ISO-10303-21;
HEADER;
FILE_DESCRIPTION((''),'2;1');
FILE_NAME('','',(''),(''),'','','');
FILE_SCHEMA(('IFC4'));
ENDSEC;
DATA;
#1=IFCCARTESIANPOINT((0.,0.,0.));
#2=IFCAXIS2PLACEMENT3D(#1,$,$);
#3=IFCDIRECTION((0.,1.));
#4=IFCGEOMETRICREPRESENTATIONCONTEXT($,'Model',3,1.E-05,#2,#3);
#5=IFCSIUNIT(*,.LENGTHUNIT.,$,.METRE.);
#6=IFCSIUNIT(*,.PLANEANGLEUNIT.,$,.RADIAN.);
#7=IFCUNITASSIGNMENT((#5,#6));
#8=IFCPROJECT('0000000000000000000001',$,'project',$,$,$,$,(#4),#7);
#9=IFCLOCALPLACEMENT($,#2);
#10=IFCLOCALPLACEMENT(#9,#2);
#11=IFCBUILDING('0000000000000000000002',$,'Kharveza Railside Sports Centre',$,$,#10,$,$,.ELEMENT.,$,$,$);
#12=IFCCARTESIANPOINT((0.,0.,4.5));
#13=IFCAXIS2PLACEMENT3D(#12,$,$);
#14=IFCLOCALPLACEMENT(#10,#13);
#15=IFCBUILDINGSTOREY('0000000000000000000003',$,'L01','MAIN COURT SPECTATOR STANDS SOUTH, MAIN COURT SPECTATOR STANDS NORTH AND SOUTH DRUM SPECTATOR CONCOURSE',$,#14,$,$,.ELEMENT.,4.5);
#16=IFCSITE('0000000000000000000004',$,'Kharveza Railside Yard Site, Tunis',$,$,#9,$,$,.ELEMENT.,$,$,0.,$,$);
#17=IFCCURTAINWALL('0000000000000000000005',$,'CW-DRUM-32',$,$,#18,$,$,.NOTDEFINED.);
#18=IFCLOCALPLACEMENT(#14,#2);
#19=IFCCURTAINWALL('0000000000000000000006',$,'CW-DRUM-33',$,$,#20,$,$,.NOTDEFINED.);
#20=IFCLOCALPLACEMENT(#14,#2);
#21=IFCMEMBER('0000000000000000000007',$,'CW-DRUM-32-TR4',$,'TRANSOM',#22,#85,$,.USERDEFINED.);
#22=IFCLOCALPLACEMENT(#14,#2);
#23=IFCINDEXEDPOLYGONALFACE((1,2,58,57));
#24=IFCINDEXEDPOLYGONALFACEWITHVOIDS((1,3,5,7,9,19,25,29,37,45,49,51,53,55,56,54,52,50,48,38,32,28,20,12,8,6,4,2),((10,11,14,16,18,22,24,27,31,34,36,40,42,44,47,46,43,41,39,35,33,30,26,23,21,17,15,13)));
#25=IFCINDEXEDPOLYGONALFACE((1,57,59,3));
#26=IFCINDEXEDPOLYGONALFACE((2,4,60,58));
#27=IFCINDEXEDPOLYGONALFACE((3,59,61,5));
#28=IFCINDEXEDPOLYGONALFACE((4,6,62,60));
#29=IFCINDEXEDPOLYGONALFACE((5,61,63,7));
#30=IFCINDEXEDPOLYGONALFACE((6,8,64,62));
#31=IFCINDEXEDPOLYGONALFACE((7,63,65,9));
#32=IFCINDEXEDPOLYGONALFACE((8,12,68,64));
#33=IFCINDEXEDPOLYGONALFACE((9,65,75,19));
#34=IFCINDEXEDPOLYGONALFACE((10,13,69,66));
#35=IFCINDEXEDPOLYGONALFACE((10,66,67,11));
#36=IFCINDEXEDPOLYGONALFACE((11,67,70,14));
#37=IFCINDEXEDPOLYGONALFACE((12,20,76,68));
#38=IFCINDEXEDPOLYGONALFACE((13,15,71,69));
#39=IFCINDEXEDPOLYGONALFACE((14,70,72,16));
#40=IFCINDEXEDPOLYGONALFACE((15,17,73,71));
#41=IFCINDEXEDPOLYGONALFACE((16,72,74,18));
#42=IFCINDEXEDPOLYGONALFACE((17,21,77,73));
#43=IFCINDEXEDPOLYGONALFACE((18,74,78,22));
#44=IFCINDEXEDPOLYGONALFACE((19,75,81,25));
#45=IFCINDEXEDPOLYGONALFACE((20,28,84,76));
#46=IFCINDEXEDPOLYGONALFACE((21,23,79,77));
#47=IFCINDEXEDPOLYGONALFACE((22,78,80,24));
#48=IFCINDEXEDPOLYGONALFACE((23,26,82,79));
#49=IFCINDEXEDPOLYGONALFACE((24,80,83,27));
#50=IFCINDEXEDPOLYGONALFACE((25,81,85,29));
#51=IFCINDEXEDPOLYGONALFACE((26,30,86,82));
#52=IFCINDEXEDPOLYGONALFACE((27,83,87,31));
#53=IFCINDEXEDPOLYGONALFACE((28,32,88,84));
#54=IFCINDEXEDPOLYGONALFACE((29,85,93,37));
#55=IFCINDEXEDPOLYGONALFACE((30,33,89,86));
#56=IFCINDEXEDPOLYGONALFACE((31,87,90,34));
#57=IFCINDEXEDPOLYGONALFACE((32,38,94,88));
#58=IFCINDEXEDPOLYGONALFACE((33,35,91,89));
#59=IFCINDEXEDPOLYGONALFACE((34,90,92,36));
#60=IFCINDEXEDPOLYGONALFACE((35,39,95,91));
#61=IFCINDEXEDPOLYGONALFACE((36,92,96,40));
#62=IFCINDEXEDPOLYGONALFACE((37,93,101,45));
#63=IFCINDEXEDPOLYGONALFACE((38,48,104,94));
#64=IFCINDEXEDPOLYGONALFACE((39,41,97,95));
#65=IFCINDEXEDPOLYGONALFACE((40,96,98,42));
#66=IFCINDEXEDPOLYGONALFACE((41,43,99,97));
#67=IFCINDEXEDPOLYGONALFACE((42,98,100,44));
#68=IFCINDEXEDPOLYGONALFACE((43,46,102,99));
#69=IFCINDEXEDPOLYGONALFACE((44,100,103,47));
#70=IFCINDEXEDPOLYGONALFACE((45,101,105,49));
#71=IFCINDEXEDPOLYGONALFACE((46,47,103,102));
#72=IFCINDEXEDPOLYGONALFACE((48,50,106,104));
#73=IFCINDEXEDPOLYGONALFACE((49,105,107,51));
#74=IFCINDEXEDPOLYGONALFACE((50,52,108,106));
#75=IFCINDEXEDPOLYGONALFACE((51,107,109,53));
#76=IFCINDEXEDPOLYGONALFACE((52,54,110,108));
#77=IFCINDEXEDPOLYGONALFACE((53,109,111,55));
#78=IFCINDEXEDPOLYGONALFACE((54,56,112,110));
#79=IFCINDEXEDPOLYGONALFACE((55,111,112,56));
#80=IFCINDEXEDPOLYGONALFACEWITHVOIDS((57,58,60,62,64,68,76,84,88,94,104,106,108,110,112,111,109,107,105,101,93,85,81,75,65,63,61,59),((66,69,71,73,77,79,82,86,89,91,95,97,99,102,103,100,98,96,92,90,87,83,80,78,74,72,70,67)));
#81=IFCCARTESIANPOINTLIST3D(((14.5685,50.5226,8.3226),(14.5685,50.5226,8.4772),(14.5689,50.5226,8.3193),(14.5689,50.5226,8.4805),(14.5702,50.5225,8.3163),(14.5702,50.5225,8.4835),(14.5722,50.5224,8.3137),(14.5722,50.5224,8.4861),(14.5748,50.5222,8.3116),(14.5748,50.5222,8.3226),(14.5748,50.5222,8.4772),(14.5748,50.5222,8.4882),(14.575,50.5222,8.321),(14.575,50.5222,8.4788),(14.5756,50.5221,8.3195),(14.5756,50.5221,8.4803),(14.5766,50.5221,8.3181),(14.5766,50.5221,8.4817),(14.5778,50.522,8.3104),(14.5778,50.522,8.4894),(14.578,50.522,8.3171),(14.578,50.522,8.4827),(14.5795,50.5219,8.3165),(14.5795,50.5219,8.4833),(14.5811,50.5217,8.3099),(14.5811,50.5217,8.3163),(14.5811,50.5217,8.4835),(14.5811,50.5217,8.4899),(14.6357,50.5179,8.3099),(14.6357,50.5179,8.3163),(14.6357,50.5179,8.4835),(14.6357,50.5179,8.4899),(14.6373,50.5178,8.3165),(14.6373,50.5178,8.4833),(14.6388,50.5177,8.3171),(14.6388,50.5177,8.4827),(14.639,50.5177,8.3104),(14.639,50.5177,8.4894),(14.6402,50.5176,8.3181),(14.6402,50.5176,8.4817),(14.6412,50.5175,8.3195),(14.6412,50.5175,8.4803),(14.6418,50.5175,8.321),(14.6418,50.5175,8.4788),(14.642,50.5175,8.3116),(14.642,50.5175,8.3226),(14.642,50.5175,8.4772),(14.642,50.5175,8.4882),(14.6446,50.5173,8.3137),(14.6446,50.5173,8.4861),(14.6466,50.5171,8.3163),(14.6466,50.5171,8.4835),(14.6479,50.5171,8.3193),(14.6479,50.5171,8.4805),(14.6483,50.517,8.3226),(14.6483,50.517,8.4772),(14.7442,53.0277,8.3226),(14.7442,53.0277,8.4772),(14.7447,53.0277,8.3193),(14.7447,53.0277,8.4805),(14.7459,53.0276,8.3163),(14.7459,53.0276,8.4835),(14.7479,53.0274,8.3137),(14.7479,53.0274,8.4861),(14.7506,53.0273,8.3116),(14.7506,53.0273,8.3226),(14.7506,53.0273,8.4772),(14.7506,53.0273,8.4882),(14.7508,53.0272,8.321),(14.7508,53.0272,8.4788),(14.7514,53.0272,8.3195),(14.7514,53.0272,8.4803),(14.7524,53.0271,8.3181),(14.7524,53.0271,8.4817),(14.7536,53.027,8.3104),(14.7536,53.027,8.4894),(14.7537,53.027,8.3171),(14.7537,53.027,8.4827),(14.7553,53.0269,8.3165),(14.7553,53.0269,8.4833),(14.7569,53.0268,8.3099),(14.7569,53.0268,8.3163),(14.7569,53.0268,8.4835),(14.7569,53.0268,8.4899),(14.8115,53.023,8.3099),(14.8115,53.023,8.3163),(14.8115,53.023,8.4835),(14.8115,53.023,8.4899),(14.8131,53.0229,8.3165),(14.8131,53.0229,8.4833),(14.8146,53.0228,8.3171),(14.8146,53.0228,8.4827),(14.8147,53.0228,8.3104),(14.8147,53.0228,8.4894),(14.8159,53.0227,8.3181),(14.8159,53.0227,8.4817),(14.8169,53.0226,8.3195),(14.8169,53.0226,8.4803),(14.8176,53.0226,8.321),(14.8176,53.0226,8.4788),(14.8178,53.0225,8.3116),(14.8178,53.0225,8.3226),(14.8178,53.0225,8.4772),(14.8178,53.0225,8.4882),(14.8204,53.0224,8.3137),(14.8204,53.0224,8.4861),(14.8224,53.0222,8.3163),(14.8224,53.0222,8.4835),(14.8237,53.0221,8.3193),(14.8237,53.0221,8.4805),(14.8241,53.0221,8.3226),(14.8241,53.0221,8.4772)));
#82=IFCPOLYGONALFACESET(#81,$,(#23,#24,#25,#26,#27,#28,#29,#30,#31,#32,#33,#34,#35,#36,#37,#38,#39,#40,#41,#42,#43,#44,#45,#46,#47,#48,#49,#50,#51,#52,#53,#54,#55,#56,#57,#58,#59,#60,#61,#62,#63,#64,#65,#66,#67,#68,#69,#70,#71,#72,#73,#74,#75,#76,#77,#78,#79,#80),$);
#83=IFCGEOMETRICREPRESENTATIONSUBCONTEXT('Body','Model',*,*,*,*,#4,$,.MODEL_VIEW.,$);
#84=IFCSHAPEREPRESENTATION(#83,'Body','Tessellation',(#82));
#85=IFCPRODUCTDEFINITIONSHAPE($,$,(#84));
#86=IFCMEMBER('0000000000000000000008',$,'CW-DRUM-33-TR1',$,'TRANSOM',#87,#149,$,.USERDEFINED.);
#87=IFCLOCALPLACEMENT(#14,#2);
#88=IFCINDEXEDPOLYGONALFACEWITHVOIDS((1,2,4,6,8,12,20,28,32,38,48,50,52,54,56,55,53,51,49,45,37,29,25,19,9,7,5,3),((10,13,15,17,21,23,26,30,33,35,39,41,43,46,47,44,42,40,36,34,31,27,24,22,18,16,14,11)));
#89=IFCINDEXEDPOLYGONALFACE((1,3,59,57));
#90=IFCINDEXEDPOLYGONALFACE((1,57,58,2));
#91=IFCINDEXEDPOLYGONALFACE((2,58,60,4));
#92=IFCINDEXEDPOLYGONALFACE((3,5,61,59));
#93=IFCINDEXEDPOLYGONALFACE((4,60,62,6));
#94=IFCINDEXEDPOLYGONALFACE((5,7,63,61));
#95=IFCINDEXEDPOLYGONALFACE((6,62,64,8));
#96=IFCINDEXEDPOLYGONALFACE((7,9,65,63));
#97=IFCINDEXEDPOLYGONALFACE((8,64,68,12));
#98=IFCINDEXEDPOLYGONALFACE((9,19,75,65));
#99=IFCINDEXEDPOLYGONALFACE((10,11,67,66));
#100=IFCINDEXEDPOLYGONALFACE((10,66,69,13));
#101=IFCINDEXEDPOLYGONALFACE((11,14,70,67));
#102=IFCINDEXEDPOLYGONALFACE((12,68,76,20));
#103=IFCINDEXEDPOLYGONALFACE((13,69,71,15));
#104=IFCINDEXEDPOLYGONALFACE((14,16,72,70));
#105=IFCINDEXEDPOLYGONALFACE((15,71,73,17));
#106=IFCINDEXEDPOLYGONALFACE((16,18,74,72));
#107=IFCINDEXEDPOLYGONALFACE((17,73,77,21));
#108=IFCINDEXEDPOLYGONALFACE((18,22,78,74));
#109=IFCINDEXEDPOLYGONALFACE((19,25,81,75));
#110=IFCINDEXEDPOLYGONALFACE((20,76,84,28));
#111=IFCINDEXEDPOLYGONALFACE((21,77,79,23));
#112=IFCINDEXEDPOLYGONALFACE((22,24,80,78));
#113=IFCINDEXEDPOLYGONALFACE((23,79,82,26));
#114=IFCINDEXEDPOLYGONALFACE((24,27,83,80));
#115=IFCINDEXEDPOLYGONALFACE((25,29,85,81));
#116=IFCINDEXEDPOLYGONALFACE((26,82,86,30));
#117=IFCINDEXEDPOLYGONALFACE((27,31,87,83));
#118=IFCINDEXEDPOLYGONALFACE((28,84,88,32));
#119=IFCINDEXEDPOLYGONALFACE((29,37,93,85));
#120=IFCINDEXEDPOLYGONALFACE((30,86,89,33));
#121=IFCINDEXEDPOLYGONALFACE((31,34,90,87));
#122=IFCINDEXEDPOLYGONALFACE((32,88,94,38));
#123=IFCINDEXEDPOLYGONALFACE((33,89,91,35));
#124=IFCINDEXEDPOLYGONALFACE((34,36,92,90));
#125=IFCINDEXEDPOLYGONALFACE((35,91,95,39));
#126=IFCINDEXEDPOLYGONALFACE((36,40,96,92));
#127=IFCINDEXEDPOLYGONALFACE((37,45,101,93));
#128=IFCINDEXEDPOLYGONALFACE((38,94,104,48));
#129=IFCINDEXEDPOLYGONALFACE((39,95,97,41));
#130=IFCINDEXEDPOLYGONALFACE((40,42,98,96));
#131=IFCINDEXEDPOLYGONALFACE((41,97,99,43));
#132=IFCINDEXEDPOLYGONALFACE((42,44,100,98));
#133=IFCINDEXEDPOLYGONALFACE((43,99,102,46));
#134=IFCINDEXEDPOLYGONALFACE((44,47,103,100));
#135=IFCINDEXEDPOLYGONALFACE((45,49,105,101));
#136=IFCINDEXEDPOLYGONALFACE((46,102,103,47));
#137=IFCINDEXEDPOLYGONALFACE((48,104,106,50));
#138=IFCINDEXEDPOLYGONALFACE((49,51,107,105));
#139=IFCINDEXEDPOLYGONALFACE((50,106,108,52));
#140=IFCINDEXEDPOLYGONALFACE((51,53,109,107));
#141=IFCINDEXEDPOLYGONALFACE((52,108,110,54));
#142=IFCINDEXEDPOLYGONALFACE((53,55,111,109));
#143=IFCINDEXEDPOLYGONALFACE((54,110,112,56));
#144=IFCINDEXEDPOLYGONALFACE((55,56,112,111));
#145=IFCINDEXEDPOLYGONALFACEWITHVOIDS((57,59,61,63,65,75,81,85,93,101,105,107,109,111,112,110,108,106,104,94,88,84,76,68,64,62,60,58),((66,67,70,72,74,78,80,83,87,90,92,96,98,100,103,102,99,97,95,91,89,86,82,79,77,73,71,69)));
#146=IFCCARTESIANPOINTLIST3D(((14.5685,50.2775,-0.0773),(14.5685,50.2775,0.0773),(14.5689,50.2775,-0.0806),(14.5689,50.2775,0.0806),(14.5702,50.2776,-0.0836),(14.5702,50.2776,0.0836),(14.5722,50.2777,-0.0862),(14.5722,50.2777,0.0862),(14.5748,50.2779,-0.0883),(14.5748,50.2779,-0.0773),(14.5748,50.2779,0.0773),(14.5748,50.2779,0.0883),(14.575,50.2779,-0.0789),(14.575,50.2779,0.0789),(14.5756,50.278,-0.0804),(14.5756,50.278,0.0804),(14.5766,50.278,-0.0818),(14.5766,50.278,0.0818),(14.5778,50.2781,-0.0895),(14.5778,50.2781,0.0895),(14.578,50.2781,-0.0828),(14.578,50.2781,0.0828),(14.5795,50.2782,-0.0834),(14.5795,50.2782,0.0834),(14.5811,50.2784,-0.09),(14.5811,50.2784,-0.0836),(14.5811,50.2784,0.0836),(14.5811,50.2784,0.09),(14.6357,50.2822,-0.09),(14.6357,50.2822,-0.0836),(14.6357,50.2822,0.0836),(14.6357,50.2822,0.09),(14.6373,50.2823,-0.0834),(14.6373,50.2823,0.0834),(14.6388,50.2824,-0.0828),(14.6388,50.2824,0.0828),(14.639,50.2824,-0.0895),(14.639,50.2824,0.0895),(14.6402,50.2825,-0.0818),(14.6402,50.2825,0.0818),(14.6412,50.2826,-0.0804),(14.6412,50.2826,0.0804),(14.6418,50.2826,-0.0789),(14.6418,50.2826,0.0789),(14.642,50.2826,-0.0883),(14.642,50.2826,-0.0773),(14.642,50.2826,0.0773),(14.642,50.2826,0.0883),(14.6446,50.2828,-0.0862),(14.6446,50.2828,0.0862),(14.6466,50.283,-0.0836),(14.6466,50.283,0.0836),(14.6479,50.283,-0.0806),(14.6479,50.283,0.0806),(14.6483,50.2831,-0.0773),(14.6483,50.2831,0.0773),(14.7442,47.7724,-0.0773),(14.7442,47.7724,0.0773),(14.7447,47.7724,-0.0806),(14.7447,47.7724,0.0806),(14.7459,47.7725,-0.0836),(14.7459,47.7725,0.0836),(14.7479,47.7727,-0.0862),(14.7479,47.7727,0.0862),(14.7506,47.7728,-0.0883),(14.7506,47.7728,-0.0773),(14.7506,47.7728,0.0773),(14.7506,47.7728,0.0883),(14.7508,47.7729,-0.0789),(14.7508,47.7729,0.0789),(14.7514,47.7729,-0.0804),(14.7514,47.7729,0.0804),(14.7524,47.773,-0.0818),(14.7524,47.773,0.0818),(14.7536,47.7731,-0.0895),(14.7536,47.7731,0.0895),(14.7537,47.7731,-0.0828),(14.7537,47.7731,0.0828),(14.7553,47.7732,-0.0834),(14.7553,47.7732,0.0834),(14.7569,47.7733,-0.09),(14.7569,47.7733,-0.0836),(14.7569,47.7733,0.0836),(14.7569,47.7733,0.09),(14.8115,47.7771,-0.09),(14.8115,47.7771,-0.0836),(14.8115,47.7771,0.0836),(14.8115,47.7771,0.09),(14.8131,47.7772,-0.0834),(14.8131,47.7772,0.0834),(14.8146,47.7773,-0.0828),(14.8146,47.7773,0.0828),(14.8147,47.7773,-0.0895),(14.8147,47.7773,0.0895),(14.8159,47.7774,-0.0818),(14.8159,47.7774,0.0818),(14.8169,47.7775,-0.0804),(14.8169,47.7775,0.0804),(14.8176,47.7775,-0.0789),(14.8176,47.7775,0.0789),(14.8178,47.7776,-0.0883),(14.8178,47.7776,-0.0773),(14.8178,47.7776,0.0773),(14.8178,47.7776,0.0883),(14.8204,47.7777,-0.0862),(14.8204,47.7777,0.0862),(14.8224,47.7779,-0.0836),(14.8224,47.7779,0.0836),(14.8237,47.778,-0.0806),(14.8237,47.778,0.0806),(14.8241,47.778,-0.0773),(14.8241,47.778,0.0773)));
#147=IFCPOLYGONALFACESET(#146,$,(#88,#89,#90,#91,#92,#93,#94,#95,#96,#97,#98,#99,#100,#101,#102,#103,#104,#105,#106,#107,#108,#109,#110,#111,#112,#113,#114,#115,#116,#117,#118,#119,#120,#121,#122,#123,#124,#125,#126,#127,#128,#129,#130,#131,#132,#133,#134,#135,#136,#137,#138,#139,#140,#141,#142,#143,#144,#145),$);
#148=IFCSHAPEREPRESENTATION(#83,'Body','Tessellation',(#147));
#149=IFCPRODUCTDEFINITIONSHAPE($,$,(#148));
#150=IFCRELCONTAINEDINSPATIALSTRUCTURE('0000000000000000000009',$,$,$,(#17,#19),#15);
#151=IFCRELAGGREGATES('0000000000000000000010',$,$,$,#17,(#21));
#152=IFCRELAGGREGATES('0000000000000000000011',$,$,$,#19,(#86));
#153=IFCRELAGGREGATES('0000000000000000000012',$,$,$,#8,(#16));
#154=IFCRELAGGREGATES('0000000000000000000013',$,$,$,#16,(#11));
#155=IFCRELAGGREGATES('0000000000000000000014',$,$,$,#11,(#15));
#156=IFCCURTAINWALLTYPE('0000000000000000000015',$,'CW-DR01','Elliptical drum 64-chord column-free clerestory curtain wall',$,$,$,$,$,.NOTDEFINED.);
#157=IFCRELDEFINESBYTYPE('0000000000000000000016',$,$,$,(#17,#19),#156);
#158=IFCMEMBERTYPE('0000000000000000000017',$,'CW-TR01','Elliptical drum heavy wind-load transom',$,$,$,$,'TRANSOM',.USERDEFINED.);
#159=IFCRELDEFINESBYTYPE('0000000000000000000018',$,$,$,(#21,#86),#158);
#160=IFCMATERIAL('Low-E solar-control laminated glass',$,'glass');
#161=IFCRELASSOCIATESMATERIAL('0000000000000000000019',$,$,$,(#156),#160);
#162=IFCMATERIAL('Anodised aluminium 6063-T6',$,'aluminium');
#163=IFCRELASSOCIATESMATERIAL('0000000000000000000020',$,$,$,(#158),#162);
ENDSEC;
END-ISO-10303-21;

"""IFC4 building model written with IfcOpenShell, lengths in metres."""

from ifc_helpers import new_model, si_unit, direction, frame, origin, origin_2d, place, context, subcontext, project, spatial, hollow_rectangle, extrude, material, material_profile, profile_set, type_object, element, aggregate, save


model = new_model("IFC4")

# Units and contexts
model_context = context("Model", 3, precision=1e-05, world=origin(), true_north=direction((0.0, 1.0)))
body_context = subcontext(model_context, "Body", "Model", "MODEL_VIEW")
ifc_project = project(units=[si_unit("LENGTHUNIT", "METRE"), si_unit("PLANEANGLEUNIT", "RADIAN")], contexts=[model_context])

# Site, building, storey
site_placement = place(None, origin())
site = spatial("IfcSite", under=ifc_project, at=site_placement, Name="Kharveza Railside Yard Site, Tunis", CompositionType="ELEMENT", RefElevation=0.0)
building_placement = place(site_placement, origin())
building = spatial("IfcBuilding", under=site, at=building_placement, Name="Kharveza Railside Sports Centre", CompositionType="ELEMENT")
storey_placement = place(building_placement, frame((0.0, 0.0, 4.5)))
storey = spatial("IfcBuildingStorey", under=building, at=storey_placement, Name="L01", Description="MAIN COURT SPECTATOR STANDS SOUTH, MAIN COURT SPECTATOR STANDS NORTH AND SOUTH DRUM SPECTATOR CONCOURSE", CompositionType="ELEMENT", Elevation=4.5)

# Shared definitions
ifc_material_1 = material(Name="Low-E solar-control laminated glass", Category="glass")
curtain_wall_type = type_object("IfcCurtainWallType", Name="CW-DR01", Description="Elliptical drum 64-chord column-free clerestory curtain wall", PredefinedType="NOTDEFINED", material=ifc_material_1)
ifc_material_2 = material(Name="Anodised aluminium 6063-T6", Category="aluminium")

# Curtain wall
curtain_wall_1_placement = place(storey_placement, origin())
curtain_wall_1 = element("IfcCurtainWall", 1, at=curtain_wall_1_placement, inside=storey, type_object=curtain_wall_type, Name="CW-DRUM-32", PredefinedType="NOTDEFINED")

# Curtain wall
curtain_wall_2_placement = place(storey_placement, origin())
curtain_wall_2 = element("IfcCurtainWall", 2, at=curtain_wall_2_placement, inside=storey, type_object=curtain_wall_type, Name="CW-DRUM-33", PredefinedType="NOTDEFINED")

# Members
ifc_material_profile_1 = material_profile(ifc_material_2, hollow_rectangle(XDim=0.0801, YDim=0.1799, WallThickness=0.0063, InnerFilletRadius=0.0063, OuterFilletRadius=0.0127, at=origin_2d()), Name="RHS 80x180x6.3")
ifc_profile_set_1 = profile_set([ifc_material_profile_1], Name="Anodised aluminium 6063-T6")
member_type_1 = type_object("IfcMemberType", Name="CW-TR01", Description="Elliptical drum heavy wind-load transom", ElementType="TRANSOM", PredefinedType="USERDEFINED", material=ifc_profile_set_1)
member_1_placement = place(storey_placement, frame((14.7842, 53.0249, 8.3999), z_axis=(-0.069996, -0.997547, 0.0), x_axis=(0.997547, -0.069996, 0.0)))
member_1 = element("IfcMember", 3, at=member_1_placement, type_object=member_type_1, Name="CW-DRUM-32-TR4", ObjectType="TRANSOM", PredefinedType="USERDEFINED", context=body_context, shape_type="SweptSolid", body=[
    extrude(hollow_rectangle(XDim=0.0801, YDim=0.1799, WallThickness=0.0063, InnerFilletRadius=0.0063, OuterFilletRadius=0.0127, at=origin_2d()), origin(), (0.0, 0.0, 1.0), 2.5112),
])
member_2_placement = place(storey_placement, frame((14.6084, 50.2803, 0.0), z_axis=(0.069996, -0.997547, 0.0), x_axis=(0.997547, 0.069996, 0.0)))
member_2 = element("IfcMember", 4, at=member_2_placement, type_object=member_type_1, Name="CW-DRUM-33-TR1", ObjectType="TRANSOM", PredefinedType="USERDEFINED", context=body_context, shape_type="SweptSolid", body=[
    extrude(hollow_rectangle(XDim=0.0801, YDim=0.1799, WallThickness=0.0063, InnerFilletRadius=0.0063, OuterFilletRadius=0.0127, at=origin_2d()), origin(), (0.0, 0.0, 1.0), 2.5112),
])

aggregate(curtain_wall_1, [member_1])
aggregate(curtain_wall_2, [member_2])

save(model, "model.ifc")
